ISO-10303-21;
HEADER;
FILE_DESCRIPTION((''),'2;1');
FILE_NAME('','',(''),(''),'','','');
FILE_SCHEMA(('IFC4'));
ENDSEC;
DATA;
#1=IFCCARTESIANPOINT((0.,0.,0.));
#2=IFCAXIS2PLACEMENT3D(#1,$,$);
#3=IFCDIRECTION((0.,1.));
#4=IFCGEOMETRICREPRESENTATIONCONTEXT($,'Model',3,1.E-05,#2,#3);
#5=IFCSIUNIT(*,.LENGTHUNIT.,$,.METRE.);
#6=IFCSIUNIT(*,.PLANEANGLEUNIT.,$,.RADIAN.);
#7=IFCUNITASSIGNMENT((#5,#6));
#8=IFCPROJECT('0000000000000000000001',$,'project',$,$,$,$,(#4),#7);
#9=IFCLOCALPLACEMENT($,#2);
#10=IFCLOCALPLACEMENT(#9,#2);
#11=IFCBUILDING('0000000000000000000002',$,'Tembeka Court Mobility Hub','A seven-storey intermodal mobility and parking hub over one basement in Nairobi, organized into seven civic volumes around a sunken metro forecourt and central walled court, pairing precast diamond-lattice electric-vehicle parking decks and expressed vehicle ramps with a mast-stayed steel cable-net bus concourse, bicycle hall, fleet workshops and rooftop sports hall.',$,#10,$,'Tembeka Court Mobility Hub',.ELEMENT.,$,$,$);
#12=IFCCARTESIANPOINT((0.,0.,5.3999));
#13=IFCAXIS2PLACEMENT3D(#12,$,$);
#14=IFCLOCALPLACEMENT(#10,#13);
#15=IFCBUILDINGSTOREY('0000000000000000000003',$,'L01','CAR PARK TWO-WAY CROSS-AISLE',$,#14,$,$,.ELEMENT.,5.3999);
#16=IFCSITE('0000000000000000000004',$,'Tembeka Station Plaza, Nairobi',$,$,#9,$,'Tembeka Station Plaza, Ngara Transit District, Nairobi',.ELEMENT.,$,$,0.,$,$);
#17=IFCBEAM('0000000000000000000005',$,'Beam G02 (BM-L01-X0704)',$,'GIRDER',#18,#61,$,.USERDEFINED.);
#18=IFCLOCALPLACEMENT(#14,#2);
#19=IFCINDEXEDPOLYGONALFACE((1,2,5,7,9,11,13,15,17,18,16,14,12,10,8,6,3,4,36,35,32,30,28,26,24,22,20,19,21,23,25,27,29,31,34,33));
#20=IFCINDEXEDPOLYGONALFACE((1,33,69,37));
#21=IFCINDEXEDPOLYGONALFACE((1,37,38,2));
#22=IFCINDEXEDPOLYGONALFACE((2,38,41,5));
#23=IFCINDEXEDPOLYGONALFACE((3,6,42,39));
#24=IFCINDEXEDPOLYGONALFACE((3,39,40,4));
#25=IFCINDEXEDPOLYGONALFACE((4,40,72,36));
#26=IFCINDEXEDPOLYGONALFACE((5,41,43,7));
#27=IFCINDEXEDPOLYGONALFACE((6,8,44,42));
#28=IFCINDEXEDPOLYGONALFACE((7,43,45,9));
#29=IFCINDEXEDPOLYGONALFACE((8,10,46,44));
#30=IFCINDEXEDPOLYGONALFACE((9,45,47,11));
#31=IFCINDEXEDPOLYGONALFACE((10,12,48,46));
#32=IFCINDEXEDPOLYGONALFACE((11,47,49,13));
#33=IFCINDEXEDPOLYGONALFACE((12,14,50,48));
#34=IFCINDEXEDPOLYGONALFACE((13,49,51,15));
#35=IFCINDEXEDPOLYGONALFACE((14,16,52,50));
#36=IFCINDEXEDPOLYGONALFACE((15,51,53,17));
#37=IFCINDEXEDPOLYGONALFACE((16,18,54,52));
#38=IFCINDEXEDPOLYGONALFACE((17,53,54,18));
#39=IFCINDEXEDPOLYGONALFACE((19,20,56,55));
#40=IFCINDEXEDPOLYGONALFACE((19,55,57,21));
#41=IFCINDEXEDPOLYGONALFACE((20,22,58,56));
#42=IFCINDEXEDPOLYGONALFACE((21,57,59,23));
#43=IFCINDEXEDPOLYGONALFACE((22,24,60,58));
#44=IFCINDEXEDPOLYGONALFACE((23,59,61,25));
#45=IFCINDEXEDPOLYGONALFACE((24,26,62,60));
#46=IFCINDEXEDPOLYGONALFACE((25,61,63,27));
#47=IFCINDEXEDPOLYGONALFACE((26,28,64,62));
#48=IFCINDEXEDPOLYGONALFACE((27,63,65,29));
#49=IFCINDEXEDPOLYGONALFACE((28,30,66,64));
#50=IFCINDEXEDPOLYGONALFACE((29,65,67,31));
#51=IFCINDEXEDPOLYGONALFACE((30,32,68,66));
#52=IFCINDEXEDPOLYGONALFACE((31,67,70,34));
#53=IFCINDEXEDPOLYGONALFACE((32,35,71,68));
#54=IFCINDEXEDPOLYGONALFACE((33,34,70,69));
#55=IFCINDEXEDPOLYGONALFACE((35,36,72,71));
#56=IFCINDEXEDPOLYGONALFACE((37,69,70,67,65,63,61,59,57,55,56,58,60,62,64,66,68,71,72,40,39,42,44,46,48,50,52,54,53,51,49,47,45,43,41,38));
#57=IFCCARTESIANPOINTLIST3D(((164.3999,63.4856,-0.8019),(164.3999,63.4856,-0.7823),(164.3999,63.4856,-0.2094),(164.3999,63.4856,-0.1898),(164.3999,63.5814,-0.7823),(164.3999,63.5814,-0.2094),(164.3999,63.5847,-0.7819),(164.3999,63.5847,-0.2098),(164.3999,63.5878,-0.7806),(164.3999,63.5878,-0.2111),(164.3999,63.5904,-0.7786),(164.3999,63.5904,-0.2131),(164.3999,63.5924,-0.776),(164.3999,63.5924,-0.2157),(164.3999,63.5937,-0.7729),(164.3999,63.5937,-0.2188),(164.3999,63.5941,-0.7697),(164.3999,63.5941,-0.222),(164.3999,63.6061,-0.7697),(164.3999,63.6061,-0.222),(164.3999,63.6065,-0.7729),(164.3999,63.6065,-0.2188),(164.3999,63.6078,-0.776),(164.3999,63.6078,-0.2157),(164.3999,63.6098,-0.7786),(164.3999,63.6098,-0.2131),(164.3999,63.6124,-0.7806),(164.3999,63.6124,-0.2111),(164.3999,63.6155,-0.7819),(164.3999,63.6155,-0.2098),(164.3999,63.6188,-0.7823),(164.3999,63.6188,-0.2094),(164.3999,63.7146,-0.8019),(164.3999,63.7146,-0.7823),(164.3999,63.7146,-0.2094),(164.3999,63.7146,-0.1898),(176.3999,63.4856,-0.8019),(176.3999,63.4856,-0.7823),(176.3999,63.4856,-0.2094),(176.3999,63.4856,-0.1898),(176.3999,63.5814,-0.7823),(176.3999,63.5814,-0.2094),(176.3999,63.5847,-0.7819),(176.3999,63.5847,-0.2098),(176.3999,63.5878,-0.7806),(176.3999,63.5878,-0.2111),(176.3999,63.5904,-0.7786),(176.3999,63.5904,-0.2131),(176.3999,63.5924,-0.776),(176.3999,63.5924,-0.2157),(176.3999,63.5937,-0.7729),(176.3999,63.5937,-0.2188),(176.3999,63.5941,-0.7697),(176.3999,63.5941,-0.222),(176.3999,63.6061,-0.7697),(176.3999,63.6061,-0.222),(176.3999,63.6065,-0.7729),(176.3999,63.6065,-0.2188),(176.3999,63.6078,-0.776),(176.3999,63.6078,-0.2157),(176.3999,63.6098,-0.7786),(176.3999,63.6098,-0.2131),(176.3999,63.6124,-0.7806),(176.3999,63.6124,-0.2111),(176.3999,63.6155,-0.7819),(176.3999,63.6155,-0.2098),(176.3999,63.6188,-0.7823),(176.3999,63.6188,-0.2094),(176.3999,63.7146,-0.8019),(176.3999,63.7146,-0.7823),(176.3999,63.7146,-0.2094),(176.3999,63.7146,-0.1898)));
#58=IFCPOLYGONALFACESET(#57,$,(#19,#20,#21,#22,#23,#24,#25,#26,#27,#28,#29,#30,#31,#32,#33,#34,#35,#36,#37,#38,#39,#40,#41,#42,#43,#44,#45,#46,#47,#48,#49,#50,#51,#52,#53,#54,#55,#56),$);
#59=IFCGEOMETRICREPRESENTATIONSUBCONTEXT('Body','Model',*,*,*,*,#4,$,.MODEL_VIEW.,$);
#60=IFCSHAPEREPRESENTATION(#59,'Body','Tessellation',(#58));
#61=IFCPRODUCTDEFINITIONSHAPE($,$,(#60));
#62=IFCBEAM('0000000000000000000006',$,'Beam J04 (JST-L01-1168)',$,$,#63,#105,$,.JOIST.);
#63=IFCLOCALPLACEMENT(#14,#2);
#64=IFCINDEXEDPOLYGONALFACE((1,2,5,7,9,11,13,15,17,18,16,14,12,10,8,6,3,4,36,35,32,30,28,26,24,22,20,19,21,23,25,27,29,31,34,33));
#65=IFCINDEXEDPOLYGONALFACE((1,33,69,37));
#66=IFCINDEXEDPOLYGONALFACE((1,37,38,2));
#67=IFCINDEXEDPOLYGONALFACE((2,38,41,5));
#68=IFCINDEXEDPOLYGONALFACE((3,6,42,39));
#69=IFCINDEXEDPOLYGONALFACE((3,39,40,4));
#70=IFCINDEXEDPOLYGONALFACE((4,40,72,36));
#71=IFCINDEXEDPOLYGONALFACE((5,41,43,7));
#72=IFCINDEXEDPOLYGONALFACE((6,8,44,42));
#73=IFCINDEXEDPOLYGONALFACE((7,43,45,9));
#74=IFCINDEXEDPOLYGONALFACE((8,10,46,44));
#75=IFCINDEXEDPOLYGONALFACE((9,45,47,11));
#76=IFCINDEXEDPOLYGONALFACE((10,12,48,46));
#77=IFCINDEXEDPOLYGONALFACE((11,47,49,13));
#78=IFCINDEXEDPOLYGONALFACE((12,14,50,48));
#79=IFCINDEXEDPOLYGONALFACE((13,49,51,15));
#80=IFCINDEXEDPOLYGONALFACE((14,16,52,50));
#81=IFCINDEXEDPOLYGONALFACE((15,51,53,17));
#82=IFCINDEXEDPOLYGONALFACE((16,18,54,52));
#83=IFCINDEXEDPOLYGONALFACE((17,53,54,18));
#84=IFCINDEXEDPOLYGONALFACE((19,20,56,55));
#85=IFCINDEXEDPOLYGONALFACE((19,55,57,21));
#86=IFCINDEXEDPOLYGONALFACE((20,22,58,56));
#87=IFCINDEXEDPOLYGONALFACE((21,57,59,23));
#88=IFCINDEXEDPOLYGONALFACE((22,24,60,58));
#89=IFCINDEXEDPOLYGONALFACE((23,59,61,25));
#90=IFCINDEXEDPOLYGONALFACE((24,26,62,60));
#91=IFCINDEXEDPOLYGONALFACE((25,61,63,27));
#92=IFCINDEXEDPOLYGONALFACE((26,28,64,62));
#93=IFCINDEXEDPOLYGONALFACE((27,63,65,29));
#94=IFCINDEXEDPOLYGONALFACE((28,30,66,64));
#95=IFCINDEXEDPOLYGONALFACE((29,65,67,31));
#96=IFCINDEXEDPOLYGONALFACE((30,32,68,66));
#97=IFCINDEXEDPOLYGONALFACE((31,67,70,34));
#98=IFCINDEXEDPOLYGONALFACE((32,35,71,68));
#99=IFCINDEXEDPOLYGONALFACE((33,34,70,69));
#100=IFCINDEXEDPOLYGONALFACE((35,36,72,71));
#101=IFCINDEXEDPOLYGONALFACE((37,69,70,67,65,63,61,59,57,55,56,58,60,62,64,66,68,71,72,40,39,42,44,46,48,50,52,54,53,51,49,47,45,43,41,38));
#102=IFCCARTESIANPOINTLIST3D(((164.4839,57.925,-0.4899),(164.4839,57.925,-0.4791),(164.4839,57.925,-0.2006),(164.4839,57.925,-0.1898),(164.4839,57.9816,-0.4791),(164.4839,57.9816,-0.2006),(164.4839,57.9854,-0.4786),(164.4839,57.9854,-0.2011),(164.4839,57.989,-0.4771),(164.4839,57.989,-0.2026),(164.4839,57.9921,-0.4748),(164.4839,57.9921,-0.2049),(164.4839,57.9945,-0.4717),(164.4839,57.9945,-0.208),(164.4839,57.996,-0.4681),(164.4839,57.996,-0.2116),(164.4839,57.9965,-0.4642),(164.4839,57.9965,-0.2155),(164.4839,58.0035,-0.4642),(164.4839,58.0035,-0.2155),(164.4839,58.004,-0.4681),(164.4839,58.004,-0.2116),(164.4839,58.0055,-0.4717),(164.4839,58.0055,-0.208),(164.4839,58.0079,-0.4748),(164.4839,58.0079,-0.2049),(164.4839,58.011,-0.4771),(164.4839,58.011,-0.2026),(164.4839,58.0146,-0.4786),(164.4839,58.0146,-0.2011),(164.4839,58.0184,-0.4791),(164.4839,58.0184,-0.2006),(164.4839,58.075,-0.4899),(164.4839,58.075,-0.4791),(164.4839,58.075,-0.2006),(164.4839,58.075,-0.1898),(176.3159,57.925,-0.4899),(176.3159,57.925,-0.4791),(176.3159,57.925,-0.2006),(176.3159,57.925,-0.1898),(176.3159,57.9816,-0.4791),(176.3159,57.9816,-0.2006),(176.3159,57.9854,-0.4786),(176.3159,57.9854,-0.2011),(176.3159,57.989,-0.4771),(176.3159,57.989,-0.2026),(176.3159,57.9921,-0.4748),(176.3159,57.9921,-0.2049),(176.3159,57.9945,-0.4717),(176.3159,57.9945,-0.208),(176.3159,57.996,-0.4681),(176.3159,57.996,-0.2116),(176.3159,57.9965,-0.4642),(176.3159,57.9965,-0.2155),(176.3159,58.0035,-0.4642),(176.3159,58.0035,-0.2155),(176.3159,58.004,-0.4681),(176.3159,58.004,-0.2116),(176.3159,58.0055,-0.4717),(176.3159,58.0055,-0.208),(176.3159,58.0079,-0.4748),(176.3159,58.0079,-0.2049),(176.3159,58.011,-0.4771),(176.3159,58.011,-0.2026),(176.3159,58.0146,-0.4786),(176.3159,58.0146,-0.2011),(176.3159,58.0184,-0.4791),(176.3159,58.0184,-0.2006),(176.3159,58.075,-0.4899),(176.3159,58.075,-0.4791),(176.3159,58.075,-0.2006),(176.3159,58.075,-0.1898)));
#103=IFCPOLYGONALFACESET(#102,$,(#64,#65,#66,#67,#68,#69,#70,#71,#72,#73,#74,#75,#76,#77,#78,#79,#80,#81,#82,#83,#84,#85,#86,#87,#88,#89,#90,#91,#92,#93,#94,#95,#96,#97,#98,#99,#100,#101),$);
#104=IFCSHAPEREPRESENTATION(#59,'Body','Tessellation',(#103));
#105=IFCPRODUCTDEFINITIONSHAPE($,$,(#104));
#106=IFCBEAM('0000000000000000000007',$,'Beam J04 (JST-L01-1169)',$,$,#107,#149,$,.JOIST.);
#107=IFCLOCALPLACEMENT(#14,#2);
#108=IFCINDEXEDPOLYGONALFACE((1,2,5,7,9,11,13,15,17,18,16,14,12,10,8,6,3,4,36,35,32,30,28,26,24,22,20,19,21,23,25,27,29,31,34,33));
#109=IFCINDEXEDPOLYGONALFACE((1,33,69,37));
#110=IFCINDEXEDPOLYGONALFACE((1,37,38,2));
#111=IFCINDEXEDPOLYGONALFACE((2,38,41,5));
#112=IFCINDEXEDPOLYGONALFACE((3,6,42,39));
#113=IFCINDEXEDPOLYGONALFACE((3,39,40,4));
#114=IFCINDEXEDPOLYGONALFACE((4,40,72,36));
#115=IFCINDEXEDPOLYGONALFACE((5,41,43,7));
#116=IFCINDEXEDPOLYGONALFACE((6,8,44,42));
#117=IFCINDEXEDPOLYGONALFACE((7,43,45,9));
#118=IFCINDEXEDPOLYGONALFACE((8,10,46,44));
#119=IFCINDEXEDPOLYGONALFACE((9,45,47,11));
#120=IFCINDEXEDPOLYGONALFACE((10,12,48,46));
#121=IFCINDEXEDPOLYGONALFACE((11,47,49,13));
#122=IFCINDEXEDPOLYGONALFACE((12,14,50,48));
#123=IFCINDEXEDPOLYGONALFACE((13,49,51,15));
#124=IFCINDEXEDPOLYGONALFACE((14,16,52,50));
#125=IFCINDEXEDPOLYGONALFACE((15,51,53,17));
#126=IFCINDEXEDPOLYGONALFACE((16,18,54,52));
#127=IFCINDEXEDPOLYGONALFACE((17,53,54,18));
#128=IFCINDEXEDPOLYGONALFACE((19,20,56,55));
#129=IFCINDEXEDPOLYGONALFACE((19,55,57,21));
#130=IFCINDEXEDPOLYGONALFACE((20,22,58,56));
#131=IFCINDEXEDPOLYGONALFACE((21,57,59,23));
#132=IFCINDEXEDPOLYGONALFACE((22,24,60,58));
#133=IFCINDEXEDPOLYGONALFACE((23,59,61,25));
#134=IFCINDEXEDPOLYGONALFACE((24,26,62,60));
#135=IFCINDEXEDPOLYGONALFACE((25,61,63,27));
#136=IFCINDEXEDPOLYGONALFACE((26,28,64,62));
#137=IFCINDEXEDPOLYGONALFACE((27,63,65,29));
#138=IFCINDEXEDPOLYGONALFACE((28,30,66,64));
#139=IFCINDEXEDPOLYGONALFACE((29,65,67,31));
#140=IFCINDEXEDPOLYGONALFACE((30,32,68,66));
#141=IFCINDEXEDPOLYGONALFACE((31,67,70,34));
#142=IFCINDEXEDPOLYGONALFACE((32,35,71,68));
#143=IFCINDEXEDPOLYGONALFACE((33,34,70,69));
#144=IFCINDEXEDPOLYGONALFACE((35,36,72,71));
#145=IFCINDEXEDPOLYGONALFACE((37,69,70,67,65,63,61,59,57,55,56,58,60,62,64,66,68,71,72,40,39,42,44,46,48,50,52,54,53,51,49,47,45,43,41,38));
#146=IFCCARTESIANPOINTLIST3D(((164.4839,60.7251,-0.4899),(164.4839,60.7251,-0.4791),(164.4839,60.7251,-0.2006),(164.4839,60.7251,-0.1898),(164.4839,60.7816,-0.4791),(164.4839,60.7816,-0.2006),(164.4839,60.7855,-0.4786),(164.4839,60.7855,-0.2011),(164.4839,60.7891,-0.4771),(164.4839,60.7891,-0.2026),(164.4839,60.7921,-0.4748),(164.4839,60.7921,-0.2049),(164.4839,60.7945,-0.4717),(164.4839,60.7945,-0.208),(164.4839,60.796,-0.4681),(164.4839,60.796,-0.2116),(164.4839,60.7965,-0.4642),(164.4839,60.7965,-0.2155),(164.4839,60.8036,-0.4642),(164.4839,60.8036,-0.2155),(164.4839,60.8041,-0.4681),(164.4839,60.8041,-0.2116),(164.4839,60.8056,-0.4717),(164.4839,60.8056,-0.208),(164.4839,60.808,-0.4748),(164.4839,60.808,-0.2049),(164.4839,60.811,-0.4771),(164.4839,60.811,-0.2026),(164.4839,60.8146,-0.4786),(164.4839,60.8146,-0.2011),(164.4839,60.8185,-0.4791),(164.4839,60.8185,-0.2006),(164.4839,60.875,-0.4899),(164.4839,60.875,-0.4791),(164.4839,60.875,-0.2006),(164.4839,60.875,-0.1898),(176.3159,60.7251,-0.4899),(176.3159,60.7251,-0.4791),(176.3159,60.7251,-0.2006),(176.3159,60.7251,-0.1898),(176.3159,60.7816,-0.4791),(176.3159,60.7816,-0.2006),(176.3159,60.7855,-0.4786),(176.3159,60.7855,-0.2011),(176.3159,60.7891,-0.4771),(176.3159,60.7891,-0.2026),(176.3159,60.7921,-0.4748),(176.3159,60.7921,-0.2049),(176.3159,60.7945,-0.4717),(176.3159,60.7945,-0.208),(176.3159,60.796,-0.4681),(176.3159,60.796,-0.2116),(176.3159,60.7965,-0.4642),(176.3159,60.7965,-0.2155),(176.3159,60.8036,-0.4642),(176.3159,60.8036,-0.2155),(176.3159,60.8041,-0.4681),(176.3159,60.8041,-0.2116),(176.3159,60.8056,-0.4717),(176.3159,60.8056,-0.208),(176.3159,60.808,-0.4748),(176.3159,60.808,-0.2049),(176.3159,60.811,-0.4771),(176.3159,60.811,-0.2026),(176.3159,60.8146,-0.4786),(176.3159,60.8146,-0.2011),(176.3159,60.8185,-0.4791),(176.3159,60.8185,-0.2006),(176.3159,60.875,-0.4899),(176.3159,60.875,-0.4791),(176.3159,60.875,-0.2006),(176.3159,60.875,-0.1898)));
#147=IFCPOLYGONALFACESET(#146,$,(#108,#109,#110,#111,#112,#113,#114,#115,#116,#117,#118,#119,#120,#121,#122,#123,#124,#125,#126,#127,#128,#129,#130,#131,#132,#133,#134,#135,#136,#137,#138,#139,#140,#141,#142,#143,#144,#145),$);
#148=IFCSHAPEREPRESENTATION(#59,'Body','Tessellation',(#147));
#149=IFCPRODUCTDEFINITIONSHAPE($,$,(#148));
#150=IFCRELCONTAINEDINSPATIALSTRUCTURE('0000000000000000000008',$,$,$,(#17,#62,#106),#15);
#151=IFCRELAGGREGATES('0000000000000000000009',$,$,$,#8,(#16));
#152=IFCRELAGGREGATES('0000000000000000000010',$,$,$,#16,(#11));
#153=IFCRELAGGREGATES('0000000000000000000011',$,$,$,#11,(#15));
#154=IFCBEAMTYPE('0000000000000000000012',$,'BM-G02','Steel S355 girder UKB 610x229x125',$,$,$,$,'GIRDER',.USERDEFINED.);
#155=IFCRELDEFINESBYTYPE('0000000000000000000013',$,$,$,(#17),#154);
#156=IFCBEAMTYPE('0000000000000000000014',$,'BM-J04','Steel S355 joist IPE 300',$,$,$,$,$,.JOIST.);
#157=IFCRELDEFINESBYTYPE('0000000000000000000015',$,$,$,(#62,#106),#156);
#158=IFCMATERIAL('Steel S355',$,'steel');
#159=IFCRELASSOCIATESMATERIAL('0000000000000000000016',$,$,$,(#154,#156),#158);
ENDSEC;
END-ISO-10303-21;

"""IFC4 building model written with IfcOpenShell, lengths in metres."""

from ifc_helpers import new_model, si_unit, direction, frame, origin, origin_2d, place, context, subcontext, project, spatial, i_section, extrude, material, material_profile, profile_set, type_object, element, save


model = new_model("IFC4")

# Units and contexts
model_context = context("Model", 3, precision=1e-05, world=origin(), true_north=direction((0.0, 1.0)))
body_context = subcontext(model_context, "Body", "Model", "MODEL_VIEW")
ifc_project = project(units=[si_unit("LENGTHUNIT", "METRE"), si_unit("PLANEANGLEUNIT", "RADIAN")], contexts=[model_context])

# Site, building, storey
site_placement = place(None, origin())
site = spatial("IfcSite", under=ifc_project, at=site_placement, Name="Tembeka Station Plaza, Nairobi", LongName="Tembeka Station Plaza, Ngara Transit District, Nairobi", CompositionType="ELEMENT", RefElevation=0.0)
building_placement = place(site_placement, origin())
building = spatial("IfcBuilding", under=site, at=building_placement, Name="Tembeka Court Mobility Hub", Description="A seven-storey intermodal mobility and parking hub over one basement in Nairobi, organized into seven civic volumes around a sunken metro forecourt and central walled court, pairing precast diamond-lattice electric-vehicle parking decks and expressed vehicle ramps with a mast-stayed steel cable-net bus concourse, bicycle hall, fleet workshops and rooftop sports hall.", LongName="Tembeka Court Mobility Hub", CompositionType="ELEMENT")
storey_placement = place(building_placement, frame((0.0, 0.0, 5.3999)))
storey = spatial("IfcBuildingStorey", under=building, at=storey_placement, Name="L01", Description="CAR PARK TWO-WAY CROSS-AISLE", CompositionType="ELEMENT", Elevation=5.3999)

# Shared definitions
ifc_material_1 = material(Name="Steel S355", Category="steel")

# Beams
ifc_material_profile_1 = material_profile(ifc_material_1, i_section(OverallWidth=0.229, OverallDepth=0.6121, WebThickness=0.012, FlangeThickness=0.0195, FilletRadius=0.0127, at=origin_2d()), Name="UKB 610x229x125")
ifc_profile_set_1 = profile_set([ifc_material_profile_1], Name="Steel S355")
beam_type_1 = type_object("IfcBeamType", Name="BM-G02", Description="Steel S355 girder UKB 610x229x125", ElementType="GIRDER", PredefinedType="USERDEFINED", material=ifc_profile_set_1)
beam_1_placement = place(storey_placement, frame((164.3999, 63.6001, -0.4958), z_axis=(1.0, 0.0, 0.0), x_axis=(0.0, 1.0, 0.0)))
element("IfcBeam", 1, at=beam_1_placement, inside=storey, type_object=beam_type_1, Name="Beam G02 (BM-L01-X0704)", ObjectType="GIRDER", PredefinedType="USERDEFINED", context=body_context, shape_type="SweptSolid", body=[
    extrude(i_section(OverallWidth=0.229, OverallDepth=0.6121, WebThickness=0.012, FlangeThickness=0.0195, FilletRadius=0.0127, at=origin_2d()), origin(), (0.0, 0.0, 1.0), 12.0),
])
ifc_material_profile_2 = material_profile(ifc_material_1, i_section(OverallWidth=0.1499, OverallDepth=0.3, WebThickness=0.0071, FlangeThickness=0.0107, FilletRadius=0.0149, at=origin_2d()), Name="IPE 300")
ifc_profile_set_2 = profile_set([ifc_material_profile_2], Name="Steel S355")
beam_type_2 = type_object("IfcBeamType", Name="BM-J04", Description="Steel S355 joist IPE 300", PredefinedType="JOIST", material=ifc_profile_set_2)
for number, where, z_axis, x_axis, name in (
    (2, (164.4839, 58.0, -0.3398), (1.0, 0.0, 0.0), (0.0, 1.0, 0.0), "Beam J04 (JST-L01-1168)"),
    (3, (164.4839, 60.8, -0.3398), (1.0, 0.0, 0.0), (0.0, 1.0, 0.0), "Beam J04 (JST-L01-1169)"),
):
    element("IfcBeam", number, at=place(storey_placement, frame(where, z_axis=z_axis, x_axis=x_axis)), inside=storey, type_object=beam_type_2, Name=name, PredefinedType="JOIST", context=body_context, shape_type="SweptSolid", body=[
        extrude(i_section(OverallWidth=0.1499, OverallDepth=0.3, WebThickness=0.0071, FlangeThickness=0.0107, FilletRadius=0.0149, at=origin_2d()), origin(), (0.0, 0.0, 1.0), 11.832),
    ])

save(model, "model.ifc")
